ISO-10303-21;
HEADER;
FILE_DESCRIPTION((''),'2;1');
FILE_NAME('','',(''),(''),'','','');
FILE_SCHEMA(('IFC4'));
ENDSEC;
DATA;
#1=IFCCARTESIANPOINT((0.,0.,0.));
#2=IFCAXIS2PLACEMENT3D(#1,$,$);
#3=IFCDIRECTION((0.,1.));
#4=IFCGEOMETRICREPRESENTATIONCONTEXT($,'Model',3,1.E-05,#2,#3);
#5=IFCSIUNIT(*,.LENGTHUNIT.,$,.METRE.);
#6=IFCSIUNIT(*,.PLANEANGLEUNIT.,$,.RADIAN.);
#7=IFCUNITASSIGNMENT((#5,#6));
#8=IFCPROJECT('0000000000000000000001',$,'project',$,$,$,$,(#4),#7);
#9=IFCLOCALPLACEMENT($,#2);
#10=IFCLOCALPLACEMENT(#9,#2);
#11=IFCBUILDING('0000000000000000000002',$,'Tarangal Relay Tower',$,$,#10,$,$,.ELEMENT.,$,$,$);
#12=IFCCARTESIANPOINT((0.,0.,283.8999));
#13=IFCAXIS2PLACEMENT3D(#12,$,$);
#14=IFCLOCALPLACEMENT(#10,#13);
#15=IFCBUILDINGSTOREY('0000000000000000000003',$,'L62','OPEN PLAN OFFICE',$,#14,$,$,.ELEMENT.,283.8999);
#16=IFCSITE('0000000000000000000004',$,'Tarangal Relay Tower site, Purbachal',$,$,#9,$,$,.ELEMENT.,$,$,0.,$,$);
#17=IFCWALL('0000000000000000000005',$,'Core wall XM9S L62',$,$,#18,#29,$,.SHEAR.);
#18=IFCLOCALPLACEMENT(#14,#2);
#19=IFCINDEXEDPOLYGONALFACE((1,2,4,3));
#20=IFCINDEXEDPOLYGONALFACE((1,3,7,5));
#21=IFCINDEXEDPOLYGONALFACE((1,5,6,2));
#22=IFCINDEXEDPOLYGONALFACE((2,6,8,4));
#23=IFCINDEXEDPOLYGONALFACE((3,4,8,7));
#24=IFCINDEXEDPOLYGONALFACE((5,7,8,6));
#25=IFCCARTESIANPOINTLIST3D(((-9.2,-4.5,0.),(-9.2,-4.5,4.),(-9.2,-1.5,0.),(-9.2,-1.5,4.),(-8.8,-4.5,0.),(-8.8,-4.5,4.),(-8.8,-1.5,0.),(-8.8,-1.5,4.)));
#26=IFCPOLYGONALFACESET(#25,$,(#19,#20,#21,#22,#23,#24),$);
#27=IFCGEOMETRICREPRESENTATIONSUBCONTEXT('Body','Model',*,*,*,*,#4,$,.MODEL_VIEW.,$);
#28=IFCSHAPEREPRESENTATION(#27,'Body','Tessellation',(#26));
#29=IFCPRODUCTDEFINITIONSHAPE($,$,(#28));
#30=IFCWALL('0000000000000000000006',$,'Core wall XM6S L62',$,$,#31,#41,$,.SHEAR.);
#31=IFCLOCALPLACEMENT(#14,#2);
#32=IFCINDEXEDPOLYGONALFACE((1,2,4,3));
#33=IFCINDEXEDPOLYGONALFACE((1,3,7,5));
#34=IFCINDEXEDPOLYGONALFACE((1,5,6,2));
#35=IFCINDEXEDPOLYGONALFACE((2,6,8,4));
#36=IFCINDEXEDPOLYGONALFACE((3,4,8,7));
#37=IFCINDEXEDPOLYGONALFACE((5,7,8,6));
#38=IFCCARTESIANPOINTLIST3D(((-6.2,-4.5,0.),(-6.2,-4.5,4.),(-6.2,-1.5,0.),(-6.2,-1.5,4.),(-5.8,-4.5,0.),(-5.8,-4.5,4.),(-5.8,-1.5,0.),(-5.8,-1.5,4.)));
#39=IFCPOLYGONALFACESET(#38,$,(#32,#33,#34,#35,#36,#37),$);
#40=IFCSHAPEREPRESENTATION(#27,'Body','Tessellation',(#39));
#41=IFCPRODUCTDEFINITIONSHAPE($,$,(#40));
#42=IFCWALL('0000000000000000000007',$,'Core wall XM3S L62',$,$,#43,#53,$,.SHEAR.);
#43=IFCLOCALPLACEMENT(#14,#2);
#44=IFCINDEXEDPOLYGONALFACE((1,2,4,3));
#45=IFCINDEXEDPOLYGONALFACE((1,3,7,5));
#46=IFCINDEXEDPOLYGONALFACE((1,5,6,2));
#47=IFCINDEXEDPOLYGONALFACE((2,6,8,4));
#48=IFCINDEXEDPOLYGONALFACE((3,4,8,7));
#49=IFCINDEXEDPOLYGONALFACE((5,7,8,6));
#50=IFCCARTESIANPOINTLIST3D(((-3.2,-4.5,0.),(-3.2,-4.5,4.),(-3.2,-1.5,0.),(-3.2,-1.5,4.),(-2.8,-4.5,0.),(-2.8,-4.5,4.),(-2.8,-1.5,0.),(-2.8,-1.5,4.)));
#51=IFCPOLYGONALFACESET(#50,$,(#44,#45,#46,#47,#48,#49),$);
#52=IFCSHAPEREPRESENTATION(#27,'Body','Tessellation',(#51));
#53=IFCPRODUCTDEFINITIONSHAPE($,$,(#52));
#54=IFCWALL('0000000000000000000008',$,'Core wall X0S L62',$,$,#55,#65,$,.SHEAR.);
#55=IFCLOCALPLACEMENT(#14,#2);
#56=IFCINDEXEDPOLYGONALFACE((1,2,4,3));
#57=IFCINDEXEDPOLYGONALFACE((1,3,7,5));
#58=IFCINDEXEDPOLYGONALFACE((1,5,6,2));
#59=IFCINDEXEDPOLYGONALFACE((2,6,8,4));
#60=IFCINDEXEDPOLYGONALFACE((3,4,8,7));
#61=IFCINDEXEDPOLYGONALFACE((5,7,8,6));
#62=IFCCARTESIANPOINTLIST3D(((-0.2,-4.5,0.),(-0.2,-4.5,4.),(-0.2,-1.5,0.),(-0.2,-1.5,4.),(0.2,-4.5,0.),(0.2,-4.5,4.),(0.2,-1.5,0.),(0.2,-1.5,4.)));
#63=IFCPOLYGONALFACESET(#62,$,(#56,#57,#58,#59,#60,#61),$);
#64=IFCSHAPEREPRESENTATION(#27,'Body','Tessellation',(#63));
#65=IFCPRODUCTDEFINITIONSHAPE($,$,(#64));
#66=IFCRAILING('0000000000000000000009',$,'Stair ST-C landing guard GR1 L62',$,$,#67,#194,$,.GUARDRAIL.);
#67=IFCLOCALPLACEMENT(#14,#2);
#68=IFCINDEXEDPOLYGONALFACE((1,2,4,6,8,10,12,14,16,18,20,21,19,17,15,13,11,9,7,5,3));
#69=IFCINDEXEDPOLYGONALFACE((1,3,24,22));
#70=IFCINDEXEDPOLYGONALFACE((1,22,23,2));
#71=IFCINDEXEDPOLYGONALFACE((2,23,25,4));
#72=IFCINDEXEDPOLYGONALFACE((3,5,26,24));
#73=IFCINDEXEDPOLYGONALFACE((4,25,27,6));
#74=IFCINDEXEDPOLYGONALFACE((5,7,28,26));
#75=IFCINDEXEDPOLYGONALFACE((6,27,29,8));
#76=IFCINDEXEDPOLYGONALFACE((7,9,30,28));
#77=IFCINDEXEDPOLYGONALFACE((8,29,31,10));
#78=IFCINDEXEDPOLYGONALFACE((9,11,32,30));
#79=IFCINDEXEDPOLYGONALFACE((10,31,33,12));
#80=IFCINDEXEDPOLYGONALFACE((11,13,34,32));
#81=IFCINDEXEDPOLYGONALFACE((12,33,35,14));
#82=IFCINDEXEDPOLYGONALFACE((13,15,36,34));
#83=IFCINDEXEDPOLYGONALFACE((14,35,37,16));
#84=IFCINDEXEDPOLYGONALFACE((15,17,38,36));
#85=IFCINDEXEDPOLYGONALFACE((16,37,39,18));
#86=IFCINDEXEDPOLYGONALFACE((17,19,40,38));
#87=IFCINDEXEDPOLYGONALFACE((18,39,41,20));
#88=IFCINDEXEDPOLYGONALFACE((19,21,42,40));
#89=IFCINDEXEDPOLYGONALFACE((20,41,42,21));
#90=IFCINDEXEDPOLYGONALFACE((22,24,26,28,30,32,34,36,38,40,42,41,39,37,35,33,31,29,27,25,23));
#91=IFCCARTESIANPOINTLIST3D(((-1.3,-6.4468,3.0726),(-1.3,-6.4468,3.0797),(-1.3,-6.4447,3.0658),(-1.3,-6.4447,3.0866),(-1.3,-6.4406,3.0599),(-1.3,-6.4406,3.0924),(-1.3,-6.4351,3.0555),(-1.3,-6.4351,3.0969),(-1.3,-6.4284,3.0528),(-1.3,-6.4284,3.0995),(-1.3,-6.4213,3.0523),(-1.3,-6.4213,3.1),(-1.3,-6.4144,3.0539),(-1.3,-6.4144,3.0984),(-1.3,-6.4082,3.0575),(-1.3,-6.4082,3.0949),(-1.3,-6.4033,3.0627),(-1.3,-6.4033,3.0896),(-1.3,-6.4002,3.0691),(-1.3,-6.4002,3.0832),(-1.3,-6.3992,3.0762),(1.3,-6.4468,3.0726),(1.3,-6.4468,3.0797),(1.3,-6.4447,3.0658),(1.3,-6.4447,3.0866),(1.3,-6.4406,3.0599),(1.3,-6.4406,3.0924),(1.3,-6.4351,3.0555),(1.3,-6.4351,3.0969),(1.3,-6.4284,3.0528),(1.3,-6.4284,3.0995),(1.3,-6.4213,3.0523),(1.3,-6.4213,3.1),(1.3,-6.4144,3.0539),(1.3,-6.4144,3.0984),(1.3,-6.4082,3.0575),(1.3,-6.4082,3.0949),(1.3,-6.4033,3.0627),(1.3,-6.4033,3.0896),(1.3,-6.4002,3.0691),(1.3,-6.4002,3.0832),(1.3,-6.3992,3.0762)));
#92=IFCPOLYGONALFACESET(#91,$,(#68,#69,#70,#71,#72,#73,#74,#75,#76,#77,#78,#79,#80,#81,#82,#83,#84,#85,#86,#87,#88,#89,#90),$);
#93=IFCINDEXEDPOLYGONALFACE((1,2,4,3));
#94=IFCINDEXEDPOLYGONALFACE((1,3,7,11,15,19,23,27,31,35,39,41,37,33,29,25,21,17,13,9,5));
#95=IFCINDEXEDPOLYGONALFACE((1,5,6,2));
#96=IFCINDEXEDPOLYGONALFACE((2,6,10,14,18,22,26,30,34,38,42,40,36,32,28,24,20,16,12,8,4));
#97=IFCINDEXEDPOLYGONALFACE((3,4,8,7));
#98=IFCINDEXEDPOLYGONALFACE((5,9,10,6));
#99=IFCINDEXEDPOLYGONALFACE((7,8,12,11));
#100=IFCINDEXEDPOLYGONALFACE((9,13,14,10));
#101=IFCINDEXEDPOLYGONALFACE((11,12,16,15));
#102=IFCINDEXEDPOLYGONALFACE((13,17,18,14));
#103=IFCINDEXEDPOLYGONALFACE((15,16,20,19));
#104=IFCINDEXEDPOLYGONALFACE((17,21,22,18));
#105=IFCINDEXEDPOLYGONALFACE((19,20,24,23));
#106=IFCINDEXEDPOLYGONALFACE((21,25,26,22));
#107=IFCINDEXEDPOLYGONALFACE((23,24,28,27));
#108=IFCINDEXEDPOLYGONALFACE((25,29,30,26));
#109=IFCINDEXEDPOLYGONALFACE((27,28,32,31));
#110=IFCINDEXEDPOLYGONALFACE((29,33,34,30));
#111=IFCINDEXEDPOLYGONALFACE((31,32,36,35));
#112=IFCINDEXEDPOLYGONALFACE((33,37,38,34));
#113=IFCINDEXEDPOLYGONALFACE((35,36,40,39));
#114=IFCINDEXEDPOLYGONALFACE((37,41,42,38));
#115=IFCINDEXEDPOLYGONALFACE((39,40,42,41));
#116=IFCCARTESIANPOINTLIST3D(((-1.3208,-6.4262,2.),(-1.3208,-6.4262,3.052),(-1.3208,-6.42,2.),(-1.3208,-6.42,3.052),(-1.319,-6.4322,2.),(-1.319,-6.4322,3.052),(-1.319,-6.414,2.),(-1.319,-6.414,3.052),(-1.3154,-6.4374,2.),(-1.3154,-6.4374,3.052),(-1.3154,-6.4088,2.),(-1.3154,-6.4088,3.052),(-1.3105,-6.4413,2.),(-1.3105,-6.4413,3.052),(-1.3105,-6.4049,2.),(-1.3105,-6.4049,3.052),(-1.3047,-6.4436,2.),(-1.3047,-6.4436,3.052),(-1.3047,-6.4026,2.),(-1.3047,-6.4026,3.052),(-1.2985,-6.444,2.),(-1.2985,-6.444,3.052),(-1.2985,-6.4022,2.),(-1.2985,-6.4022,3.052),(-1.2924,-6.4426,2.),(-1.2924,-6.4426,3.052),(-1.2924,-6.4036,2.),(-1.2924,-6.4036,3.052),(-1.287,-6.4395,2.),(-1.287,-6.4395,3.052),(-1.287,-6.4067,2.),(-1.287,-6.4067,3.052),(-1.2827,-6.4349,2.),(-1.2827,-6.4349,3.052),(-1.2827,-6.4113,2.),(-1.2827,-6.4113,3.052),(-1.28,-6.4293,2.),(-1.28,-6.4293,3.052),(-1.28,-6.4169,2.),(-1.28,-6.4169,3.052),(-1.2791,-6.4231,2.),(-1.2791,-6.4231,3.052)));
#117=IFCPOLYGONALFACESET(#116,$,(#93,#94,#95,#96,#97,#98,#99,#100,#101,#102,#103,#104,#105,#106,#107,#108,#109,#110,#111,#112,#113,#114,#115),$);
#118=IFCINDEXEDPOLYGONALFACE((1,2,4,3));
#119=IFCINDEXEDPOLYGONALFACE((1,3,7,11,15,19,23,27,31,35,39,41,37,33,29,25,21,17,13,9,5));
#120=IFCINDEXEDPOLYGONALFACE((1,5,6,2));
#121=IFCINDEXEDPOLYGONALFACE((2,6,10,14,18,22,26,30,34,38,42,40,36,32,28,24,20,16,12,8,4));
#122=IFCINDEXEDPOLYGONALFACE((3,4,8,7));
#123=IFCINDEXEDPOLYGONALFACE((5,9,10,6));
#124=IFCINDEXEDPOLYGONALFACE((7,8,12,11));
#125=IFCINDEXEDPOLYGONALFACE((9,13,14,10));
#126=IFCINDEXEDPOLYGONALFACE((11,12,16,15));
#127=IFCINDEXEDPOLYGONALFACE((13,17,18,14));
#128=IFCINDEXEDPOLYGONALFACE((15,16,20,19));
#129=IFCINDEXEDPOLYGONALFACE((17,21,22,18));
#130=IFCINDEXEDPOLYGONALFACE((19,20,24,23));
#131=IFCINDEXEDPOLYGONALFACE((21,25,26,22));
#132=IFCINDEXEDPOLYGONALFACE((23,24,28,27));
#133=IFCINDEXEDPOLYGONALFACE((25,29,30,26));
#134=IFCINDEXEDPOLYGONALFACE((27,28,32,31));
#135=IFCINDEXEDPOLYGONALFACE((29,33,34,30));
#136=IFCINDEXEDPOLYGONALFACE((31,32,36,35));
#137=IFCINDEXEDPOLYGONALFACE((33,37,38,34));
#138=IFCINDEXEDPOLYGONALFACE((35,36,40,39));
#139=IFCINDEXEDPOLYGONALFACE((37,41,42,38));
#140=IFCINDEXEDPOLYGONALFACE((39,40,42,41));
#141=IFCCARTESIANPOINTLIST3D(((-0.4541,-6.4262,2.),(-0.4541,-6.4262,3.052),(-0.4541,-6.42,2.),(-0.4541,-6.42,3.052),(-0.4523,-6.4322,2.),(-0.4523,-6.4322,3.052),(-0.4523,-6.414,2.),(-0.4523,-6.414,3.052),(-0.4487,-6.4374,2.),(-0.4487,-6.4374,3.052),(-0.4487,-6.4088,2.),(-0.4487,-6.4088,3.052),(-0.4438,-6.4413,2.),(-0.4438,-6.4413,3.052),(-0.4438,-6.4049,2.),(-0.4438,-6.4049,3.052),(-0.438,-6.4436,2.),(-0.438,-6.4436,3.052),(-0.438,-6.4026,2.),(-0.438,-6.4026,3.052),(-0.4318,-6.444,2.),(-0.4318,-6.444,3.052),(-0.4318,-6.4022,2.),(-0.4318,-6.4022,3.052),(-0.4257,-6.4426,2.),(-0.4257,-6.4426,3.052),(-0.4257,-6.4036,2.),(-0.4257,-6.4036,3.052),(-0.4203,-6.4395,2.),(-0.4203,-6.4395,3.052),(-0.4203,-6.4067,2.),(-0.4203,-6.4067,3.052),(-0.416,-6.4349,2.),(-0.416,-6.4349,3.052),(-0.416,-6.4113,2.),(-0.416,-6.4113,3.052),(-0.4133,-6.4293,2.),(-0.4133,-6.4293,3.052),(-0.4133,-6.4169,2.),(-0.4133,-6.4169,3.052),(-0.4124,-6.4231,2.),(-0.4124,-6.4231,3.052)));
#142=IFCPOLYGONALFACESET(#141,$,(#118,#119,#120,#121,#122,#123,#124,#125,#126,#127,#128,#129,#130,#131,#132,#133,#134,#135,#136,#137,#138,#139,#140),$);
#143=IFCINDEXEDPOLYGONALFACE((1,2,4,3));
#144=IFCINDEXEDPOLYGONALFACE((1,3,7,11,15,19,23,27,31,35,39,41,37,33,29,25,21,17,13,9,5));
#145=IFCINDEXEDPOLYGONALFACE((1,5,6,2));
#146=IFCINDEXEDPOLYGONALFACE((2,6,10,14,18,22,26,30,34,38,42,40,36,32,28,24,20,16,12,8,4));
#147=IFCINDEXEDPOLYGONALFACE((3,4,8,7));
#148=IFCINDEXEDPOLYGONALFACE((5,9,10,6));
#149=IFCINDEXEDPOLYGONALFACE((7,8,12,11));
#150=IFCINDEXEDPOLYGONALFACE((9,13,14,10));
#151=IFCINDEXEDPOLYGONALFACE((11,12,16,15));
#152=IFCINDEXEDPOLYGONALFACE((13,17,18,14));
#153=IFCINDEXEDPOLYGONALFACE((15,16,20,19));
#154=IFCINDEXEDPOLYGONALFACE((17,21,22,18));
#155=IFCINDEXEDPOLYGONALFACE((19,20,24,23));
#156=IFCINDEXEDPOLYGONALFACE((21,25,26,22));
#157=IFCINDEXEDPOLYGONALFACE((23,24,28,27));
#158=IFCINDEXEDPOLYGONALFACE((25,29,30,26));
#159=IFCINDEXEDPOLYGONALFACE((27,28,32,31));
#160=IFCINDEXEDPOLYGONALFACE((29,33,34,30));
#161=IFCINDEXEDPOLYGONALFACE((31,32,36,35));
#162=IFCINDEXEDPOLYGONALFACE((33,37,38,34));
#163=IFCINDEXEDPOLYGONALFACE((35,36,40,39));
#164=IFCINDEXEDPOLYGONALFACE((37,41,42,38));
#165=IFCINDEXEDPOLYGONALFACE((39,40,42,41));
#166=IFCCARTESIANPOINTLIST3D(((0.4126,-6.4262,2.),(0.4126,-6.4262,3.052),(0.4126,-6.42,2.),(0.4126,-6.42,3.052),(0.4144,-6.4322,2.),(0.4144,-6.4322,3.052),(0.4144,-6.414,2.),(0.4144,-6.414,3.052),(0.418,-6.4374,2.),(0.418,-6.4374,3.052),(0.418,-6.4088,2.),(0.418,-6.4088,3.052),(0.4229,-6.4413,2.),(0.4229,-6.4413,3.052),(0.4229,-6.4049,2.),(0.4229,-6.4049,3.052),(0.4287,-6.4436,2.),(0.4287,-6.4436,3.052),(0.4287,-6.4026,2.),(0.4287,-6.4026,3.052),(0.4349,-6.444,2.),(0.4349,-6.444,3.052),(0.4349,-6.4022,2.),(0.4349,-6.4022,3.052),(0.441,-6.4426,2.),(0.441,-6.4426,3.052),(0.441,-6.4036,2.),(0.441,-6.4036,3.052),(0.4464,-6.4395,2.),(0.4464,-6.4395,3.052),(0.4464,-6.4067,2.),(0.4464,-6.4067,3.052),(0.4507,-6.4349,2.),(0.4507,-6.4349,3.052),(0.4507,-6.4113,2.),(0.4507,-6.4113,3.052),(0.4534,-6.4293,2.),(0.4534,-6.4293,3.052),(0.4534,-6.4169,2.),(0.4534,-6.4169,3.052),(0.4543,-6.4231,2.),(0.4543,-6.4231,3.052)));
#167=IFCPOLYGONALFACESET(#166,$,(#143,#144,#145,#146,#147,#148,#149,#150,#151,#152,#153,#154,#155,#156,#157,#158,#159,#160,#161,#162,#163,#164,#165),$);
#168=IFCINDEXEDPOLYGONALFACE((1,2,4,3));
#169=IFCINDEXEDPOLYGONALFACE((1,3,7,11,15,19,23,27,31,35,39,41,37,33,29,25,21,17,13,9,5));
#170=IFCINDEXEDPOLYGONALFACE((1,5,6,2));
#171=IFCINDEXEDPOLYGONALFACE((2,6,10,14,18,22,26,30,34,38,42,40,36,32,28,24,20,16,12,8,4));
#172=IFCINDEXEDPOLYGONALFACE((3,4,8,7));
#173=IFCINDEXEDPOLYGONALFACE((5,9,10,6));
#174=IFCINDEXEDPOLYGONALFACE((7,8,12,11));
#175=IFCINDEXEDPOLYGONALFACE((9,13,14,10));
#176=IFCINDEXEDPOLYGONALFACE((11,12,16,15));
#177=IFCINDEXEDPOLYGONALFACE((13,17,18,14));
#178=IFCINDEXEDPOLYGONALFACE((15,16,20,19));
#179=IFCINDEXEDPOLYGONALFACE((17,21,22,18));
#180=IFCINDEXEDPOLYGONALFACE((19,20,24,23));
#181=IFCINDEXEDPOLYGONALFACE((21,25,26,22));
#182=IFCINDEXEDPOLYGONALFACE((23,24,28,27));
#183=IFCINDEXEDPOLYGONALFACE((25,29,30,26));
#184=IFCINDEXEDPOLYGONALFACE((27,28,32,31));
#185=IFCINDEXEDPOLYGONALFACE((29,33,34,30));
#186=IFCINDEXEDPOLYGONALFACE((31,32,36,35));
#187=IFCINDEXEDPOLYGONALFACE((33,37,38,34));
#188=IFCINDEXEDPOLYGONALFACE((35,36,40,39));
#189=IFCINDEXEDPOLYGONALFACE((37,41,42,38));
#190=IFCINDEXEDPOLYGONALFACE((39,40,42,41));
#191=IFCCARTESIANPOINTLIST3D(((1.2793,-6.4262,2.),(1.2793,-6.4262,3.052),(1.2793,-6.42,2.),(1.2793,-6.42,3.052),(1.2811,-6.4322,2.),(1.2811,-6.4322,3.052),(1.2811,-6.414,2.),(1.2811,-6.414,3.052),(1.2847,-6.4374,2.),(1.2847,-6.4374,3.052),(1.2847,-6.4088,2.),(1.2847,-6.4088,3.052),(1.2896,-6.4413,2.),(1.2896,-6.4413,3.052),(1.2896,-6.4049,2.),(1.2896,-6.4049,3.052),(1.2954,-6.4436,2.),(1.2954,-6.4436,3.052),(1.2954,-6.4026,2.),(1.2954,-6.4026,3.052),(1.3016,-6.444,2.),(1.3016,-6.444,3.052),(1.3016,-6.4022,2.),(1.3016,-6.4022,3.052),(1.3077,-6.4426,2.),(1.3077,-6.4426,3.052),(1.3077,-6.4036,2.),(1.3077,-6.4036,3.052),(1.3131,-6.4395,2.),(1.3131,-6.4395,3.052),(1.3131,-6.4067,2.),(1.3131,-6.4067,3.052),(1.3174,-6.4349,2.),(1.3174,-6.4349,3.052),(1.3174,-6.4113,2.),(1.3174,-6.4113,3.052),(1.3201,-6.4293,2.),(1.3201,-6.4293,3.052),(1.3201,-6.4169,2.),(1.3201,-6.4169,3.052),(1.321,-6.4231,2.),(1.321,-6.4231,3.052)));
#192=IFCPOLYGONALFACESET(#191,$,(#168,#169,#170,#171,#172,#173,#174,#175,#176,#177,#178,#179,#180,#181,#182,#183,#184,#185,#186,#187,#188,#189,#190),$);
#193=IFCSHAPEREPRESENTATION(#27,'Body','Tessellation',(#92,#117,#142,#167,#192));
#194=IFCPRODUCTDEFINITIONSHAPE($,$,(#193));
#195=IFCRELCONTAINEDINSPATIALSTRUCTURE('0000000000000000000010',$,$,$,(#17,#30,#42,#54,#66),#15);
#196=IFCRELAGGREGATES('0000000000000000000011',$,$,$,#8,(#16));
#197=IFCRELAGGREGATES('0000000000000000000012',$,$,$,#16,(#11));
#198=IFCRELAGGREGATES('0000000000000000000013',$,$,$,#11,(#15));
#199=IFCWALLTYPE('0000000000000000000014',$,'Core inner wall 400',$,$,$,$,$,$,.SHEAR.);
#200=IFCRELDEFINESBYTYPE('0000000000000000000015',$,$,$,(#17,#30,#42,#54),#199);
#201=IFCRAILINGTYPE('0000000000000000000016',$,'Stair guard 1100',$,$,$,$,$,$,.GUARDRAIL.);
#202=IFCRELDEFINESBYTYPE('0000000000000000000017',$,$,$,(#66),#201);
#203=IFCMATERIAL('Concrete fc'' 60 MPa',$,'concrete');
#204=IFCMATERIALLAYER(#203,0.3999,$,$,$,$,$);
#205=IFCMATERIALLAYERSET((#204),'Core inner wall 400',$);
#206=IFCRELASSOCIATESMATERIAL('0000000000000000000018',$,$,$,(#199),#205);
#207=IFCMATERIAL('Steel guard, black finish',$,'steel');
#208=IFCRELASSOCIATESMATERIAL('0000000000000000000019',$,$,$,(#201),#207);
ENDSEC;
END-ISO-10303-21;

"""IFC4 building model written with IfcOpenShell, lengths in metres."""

from ifc_helpers import new_model, si_unit, direction, frame, frame_2d, origin, origin_2d, place, context, subcontext, project, spatial, rectangle, circle, extrude, material, layer, layer_set, type_object, element, save


model = new_model("IFC4")

# Units and contexts
model_context = context("Model", 3, precision=1e-05, world=origin(), true_north=direction((0.0, 1.0)))
body_context = subcontext(model_context, "Body", "Model", "MODEL_VIEW")
ifc_project = project(units=[si_unit("LENGTHUNIT", "METRE"), si_unit("PLANEANGLEUNIT", "RADIAN")], contexts=[model_context])

# Site, building, storey
site_placement = place(None, origin())
site = spatial("IfcSite", under=ifc_project, at=site_placement, Name="Tarangal Relay Tower site, Purbachal", CompositionType="ELEMENT", RefElevation=0.0)
building_placement = place(site_placement, origin())
building = spatial("IfcBuilding", under=site, at=building_placement, Name="Tarangal Relay Tower", CompositionType="ELEMENT")
storey_placement = place(building_placement, frame((0.0, 0.0, 283.8999)))
storey = spatial("IfcBuildingStorey", under=building, at=storey_placement, Name="L62", Description="OPEN PLAN OFFICE", CompositionType="ELEMENT", Elevation=283.8999)

# Shared definitions
ifc_material_1 = material(Name="Concrete fc' 60 MPa", Category="concrete")
ifc_layer_1 = layer(ifc_material_1, 0.3999)
ifc_layer_set_1 = layer_set([ifc_layer_1], Name="Core inner wall 400")
wall_type_1 = type_object("IfcWallType", Name="Core inner wall 400", PredefinedType="SHEAR", material=ifc_layer_set_1)

# Walls
for number, where, z_axis, x_axis, name in (
    (1, (-9.0, -4.5, 0.0), (0.0, 0.0, 1.0), (0.0, 1.0, 0.0), "Core wall XM9S L62"),
    (2, (-6.0, -4.5, 0.0), (0.0, 0.0, 1.0), (0.0, 1.0, 0.0), "Core wall XM6S L62"),
    (3, (-3.0, -4.5, 0.0), (0.0, 0.0, 1.0), (0.0, 1.0, 0.0), "Core wall XM3S L62"),
    (4, (0.0, -4.5, 0.0), (0.0, 0.0, 1.0), (0.0, 1.0, 0.0), "Core wall X0S L62"),
):
    element("IfcWall", number, at=place(storey_placement, frame(where, z_axis=z_axis, x_axis=x_axis)), inside=storey, type_object=wall_type_1, Name=name, PredefinedType="SHEAR", context=body_context, shape_type="SweptSolid", body=[
        extrude(rectangle(XDim=3.0, YDim=0.3999, at=frame_2d((1.5, 0.0))), origin(), (0.0, 0.0, 1.0), 4.0),
    ])

# Railing
ifc_material_2 = material(Name="Steel guard, black finish", Category="steel")
railing_type = type_object("IfcRailingType", Name="Stair guard 1100", PredefinedType="GUARDRAIL", material=ifc_material_2)
railing_placement = place(storey_placement, frame((-1.3, -6.4231, 2.0)))
element("IfcRailing", 5, at=railing_placement, inside=storey, type_object=railing_type, Name="Stair ST-C landing guard GR1 L62", PredefinedType="GUARDRAIL", context=body_context, shape_type="SweptSolid", body=[
    extrude(circle(Radius=0.0239, at=origin_2d()), frame((0.0, 0.0, 1.0762), z_axis=(1.0, 0.0, 0.0), x_axis=(0.0, 1.0, 0.0)), (0.0, 0.0, 1.0), 2.6001),
    extrude(circle(Radius=0.021, at=origin_2d()), origin(), (0.0, 0.0, 1.0), 1.052),
    extrude(circle(Radius=0.021, at=origin_2d()), frame((0.8667, 0.0, 0.0)), (0.0, 0.0, 1.0), 1.052),
    extrude(circle(Radius=0.021, at=origin_2d()), frame((1.7334, 0.0, 0.0)), (0.0, 0.0, 1.0), 1.052),
    extrude(circle(Radius=0.021, at=origin_2d()), frame((2.6001, 0.0, 0.0)), (0.0, 0.0, 1.0), 1.052),
])

save(model, "model.ifc")
